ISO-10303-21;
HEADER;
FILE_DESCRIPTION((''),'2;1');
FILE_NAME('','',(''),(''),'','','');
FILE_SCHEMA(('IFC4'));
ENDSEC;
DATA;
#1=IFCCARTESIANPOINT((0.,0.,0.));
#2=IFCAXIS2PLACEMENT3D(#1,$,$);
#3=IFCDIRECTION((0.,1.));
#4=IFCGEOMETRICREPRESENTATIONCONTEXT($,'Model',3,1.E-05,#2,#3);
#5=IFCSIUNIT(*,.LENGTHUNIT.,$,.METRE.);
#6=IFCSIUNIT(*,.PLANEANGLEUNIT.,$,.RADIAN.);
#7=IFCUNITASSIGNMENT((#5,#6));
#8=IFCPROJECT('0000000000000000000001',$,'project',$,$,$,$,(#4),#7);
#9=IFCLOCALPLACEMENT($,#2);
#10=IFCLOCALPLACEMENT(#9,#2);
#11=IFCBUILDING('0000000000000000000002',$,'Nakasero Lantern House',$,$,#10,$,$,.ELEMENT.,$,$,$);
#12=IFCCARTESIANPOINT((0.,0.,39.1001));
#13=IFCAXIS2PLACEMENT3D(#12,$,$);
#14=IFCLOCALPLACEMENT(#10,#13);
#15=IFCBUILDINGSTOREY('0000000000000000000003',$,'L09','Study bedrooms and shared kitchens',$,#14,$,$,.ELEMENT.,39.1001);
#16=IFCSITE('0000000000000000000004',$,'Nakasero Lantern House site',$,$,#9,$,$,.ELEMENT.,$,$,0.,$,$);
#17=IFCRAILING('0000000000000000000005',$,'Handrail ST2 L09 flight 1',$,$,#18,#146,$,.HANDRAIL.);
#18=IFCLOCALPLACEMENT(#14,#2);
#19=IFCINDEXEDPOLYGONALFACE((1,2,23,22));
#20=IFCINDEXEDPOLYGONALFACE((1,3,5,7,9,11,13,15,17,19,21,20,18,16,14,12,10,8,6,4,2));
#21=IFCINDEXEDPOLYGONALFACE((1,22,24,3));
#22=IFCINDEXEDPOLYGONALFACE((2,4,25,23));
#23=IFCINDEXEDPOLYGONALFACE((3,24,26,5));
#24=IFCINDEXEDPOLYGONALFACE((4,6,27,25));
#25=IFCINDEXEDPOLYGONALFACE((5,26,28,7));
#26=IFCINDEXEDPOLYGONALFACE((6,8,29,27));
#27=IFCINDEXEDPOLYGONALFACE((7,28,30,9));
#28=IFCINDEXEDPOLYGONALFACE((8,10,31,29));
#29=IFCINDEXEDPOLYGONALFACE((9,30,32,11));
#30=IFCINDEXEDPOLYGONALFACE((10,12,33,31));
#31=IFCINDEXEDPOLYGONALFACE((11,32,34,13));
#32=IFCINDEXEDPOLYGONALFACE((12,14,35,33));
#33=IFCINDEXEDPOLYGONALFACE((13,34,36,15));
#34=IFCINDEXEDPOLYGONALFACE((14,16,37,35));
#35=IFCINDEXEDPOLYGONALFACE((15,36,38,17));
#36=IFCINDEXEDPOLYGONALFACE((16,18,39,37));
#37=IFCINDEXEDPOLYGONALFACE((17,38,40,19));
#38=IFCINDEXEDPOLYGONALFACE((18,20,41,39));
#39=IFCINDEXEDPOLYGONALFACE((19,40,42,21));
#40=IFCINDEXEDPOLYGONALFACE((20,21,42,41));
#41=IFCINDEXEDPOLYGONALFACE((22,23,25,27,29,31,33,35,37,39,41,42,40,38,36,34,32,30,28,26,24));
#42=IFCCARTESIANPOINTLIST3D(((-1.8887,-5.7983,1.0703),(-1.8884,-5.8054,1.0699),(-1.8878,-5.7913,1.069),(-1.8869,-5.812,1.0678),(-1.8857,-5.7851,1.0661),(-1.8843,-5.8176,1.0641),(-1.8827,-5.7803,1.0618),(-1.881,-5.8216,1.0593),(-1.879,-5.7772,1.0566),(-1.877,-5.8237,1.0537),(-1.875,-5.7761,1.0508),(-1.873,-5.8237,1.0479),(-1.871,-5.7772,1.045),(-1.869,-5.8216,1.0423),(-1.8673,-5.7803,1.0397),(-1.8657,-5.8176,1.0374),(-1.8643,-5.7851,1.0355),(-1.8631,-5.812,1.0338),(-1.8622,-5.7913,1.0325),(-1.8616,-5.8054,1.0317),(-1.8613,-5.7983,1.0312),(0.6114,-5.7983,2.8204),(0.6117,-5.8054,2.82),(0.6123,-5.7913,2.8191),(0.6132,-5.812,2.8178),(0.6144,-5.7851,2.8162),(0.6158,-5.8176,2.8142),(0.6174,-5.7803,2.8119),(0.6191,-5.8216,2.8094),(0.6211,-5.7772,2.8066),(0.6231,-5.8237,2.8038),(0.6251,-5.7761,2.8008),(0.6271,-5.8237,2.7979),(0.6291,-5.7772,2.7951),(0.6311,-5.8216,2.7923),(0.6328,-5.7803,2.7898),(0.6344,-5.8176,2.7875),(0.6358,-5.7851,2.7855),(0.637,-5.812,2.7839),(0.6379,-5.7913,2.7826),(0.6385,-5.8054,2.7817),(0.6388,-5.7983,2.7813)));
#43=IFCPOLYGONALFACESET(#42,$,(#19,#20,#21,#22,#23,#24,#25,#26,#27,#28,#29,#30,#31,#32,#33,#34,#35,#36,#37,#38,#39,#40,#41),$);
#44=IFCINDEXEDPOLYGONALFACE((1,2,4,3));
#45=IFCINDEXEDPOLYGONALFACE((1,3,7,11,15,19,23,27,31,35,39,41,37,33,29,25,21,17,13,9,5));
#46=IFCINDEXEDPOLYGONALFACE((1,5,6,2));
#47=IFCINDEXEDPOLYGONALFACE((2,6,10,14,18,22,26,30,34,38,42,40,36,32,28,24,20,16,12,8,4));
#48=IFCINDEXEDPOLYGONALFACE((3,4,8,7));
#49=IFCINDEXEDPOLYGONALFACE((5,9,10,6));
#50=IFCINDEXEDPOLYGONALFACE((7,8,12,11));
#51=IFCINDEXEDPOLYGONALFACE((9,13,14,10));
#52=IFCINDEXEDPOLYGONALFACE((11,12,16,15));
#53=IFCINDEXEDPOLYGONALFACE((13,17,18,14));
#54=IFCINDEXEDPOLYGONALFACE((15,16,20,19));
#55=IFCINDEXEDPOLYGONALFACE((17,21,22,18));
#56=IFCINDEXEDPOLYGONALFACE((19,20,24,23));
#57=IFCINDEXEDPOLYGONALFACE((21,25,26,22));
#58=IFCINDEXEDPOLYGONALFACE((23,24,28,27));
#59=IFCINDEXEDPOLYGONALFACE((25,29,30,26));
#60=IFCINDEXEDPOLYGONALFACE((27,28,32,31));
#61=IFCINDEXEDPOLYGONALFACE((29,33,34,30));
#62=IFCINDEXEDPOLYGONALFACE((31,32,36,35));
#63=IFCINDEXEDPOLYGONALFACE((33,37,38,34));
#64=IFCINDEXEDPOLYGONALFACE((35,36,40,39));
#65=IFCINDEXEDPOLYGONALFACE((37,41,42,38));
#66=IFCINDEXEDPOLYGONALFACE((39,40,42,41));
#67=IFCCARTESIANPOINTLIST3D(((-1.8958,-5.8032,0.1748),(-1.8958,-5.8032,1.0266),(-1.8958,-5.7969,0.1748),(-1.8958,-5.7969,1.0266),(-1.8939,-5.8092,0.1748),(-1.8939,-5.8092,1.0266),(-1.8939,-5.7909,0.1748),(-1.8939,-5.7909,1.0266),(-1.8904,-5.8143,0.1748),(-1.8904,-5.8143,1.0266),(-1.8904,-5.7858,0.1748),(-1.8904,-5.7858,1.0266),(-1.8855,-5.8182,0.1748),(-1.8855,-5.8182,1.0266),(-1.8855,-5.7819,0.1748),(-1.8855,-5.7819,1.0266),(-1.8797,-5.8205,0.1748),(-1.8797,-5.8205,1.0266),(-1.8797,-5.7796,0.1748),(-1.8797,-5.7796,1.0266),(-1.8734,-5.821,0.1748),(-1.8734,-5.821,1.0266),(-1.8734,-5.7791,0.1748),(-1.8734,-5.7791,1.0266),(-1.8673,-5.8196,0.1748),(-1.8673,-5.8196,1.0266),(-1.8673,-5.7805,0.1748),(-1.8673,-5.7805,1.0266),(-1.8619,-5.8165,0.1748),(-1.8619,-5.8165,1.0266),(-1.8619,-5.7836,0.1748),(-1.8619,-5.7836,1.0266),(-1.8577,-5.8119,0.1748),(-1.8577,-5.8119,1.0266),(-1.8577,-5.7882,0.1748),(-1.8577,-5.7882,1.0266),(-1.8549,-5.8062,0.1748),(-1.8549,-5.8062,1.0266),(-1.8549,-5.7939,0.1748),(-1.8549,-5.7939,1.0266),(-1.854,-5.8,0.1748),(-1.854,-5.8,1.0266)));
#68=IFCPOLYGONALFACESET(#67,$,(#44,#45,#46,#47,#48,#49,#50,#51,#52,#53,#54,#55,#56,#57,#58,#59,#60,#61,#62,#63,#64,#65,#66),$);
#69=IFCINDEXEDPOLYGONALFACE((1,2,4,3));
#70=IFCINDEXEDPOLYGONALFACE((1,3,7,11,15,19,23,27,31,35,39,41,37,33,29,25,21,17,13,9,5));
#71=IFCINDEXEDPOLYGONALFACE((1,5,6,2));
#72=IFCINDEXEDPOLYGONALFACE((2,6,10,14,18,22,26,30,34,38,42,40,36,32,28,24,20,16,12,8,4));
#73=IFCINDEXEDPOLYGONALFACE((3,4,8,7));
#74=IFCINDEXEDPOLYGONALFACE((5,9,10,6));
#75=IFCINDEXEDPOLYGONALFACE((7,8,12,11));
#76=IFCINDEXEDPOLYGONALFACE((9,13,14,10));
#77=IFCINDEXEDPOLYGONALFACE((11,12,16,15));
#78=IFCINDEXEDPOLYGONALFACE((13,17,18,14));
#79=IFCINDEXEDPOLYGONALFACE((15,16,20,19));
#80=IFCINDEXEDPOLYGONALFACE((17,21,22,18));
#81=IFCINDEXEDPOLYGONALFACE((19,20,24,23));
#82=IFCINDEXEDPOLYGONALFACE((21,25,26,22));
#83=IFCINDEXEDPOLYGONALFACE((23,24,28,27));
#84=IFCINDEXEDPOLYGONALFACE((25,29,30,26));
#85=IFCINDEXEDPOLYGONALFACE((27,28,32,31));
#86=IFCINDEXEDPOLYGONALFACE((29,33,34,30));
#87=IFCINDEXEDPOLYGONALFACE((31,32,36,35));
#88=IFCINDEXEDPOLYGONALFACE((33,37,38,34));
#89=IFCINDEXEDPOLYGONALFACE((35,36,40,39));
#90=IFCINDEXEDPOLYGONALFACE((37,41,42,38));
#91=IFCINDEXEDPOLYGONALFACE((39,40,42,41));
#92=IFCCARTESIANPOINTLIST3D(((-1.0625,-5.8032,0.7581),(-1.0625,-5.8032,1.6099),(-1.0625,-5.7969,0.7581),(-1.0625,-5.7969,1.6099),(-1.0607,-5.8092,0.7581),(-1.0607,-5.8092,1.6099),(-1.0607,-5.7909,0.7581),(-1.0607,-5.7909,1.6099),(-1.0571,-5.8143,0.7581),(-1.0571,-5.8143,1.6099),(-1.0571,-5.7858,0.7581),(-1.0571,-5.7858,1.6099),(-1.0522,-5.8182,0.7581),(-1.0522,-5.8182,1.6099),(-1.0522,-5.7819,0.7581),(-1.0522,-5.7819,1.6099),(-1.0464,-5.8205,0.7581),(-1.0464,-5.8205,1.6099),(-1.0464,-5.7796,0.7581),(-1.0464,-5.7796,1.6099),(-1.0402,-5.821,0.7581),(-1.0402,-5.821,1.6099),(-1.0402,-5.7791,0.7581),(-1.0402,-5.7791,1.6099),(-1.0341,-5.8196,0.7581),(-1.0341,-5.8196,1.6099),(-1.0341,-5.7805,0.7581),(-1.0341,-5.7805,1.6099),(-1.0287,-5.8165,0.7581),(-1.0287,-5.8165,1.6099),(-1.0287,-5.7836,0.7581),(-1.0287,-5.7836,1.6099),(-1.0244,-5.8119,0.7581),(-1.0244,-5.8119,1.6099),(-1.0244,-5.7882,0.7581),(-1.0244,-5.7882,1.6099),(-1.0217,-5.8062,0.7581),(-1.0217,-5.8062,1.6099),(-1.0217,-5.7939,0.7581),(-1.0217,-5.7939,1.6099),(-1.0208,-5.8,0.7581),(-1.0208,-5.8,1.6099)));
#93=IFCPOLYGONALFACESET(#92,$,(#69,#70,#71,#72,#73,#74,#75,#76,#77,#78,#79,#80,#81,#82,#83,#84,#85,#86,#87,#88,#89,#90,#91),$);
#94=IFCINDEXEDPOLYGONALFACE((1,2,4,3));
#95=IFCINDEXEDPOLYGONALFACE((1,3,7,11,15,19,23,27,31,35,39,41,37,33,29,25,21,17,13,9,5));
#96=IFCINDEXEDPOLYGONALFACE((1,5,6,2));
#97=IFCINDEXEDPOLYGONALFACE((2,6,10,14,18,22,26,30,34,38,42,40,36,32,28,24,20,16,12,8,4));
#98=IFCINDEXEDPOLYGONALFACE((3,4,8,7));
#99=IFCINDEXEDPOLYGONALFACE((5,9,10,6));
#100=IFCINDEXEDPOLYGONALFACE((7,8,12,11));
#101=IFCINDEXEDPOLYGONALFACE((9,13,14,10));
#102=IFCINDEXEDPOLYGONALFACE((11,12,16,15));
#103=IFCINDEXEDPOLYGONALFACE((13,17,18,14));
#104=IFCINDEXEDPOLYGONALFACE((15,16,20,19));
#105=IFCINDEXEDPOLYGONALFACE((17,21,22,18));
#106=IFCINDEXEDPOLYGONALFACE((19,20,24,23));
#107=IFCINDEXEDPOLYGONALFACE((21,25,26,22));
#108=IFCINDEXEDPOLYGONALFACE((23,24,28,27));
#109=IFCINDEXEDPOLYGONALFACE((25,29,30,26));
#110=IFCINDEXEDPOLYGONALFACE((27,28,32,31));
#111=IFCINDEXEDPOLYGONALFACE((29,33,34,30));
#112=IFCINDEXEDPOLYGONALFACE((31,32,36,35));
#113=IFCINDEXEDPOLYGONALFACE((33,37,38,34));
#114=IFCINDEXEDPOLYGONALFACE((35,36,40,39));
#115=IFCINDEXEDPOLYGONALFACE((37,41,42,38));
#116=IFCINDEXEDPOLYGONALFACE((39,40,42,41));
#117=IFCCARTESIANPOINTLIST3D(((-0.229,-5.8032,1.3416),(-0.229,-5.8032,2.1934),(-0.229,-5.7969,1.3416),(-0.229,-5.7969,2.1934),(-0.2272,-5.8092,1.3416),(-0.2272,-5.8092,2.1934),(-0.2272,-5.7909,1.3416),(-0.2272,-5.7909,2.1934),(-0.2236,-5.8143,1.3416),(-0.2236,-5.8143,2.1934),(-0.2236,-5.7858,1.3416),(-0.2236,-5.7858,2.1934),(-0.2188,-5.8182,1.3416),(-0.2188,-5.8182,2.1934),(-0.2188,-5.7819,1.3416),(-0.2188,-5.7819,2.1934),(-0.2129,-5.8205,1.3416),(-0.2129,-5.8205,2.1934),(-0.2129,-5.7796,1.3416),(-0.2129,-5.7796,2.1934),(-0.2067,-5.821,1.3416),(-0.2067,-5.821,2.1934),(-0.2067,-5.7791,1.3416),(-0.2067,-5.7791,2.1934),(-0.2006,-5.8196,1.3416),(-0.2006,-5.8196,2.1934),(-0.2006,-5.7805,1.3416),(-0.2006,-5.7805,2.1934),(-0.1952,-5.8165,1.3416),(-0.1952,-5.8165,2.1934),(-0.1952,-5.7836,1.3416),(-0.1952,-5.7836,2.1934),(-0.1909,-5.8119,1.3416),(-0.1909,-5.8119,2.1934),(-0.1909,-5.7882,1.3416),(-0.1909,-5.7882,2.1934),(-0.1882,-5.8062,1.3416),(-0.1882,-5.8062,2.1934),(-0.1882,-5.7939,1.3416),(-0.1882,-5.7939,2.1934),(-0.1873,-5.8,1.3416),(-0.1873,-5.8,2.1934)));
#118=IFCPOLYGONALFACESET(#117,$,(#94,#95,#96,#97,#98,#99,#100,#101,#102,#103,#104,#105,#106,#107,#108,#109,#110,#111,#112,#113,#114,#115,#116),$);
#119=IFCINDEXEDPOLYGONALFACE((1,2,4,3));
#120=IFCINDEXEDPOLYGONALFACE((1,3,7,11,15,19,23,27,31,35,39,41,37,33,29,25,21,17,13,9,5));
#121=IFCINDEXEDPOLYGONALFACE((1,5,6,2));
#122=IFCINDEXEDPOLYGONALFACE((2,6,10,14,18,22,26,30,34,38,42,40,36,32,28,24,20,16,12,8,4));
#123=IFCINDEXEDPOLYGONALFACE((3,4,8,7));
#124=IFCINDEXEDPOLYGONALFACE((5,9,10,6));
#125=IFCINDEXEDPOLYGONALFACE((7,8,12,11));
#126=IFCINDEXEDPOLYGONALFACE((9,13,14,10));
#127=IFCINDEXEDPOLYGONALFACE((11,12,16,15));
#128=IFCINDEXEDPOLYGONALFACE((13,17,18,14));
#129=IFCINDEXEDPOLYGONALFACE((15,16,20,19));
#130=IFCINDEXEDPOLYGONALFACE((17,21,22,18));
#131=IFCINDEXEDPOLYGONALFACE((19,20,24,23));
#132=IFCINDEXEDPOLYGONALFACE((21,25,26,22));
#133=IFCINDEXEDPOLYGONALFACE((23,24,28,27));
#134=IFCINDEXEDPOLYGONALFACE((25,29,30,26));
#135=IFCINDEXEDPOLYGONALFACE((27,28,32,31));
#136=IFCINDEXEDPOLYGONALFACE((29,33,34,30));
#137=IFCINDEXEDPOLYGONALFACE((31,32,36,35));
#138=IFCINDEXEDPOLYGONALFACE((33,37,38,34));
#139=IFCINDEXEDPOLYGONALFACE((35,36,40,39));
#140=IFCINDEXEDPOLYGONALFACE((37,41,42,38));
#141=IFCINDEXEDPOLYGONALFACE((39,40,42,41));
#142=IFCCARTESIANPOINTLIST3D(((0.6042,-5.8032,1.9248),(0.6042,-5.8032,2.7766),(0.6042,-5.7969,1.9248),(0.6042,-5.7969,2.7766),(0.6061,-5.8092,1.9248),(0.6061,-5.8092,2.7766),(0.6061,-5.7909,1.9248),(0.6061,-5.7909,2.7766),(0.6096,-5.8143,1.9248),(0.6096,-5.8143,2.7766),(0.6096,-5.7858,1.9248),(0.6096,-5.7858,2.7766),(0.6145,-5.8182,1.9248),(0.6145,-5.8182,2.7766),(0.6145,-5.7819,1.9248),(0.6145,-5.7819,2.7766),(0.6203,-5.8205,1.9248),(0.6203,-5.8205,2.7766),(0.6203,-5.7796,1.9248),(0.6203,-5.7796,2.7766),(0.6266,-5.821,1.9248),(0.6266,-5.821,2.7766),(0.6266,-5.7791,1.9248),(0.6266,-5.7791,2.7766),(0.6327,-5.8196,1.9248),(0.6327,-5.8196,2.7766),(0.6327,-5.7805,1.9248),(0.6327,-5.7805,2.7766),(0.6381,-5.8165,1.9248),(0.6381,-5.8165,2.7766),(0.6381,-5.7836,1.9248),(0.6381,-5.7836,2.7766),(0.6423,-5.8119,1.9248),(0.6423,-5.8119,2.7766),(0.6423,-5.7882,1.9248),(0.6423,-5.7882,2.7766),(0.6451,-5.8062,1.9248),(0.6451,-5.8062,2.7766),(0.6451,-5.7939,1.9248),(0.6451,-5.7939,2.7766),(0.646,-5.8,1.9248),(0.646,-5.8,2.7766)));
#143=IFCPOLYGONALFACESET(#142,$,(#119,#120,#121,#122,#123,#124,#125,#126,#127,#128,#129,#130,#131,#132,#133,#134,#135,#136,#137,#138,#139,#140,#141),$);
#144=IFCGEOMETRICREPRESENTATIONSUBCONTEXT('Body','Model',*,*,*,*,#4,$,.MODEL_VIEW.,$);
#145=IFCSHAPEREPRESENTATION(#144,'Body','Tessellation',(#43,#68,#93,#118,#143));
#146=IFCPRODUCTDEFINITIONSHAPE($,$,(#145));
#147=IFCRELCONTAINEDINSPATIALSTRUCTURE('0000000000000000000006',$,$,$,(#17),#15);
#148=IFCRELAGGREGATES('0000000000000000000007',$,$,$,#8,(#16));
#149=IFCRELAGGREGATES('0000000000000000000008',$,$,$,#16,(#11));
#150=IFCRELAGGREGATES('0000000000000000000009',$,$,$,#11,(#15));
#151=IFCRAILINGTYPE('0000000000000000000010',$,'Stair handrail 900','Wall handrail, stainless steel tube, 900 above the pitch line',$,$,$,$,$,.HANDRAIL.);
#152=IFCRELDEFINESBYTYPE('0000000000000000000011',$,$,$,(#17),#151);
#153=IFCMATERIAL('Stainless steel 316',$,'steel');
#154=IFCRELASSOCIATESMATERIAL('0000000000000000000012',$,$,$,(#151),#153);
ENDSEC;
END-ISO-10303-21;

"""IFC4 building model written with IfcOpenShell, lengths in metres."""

from ifc_helpers import new_model, si_unit, direction, frame, origin, origin_2d, place, context, subcontext, project, spatial, circle, extrude, material, type_object, element, save


model = new_model("IFC4")

# Units and contexts
model_context = context("Model", 3, precision=1e-05, world=origin(), true_north=direction((0.0, 1.0)))
body_context = subcontext(model_context, "Body", "Model", "MODEL_VIEW")
ifc_project = project(units=[si_unit("LENGTHUNIT", "METRE"), si_unit("PLANEANGLEUNIT", "RADIAN")], contexts=[model_context])

# Site, building, storey
site_placement = place(None, origin())
site = spatial("IfcSite", under=ifc_project, at=site_placement, Name="Nakasero Lantern House site", CompositionType="ELEMENT", RefElevation=0.0)
building_placement = place(site_placement, origin())
building = spatial("IfcBuilding", under=site, at=building_placement, Name="Nakasero Lantern House", CompositionType="ELEMENT")
storey_placement = place(building_placement, frame((0.0, 0.0, 39.1001)))
storey = spatial("IfcBuildingStorey", under=building, at=storey_placement, Name="L09", Description="Study bedrooms and shared kitchens", CompositionType="ELEMENT", Elevation=39.1001)

# Railing
ifc_material_1 = material(Name="Stainless steel 316", Category="steel")
railing_type = type_object("IfcRailingType", Name="Stair handrail 900", Description="Wall handrail, stainless steel tube, 900 above the pitch line", PredefinedType="HANDRAIL", material=ifc_material_1)
railing_placement = place(storey_placement, frame((-1.875, -5.8, 0.1748)))
element("IfcRailing", 1, at=railing_placement, inside=storey, type_object=railing_type, Name="Handrail ST2 L09 flight 1", PredefinedType="HANDRAIL", context=body_context, shape_type="SweptSolid", body=[
    extrude(circle(Radius=0.0239, at=origin_2d()), frame((0.0, 0.0, 0.876), z_axis=(0.819232, 0.0, 0.573462), x_axis=(0.0, 1.0, 0.0)), (0.0, 0.0, 1.0), 3.0518),
    extrude(circle(Radius=0.021, at=origin_2d()), origin(), (0.0, 0.0, 1.0), 0.8518),
    extrude(circle(Radius=0.021, at=origin_2d()), frame((0.8333, 0.0, 0.5833)), (0.0, 0.0, 1.0), 0.8518),
    extrude(circle(Radius=0.021, at=origin_2d()), frame((1.6667, 0.0, 1.1667)), (0.0, 0.0, 1.0), 0.8518),
    extrude(circle(Radius=0.021, at=origin_2d()), frame((2.5, 0.0, 1.75)), (0.0, 0.0, 1.0), 0.8518),
])

save(model, "model.ifc")
